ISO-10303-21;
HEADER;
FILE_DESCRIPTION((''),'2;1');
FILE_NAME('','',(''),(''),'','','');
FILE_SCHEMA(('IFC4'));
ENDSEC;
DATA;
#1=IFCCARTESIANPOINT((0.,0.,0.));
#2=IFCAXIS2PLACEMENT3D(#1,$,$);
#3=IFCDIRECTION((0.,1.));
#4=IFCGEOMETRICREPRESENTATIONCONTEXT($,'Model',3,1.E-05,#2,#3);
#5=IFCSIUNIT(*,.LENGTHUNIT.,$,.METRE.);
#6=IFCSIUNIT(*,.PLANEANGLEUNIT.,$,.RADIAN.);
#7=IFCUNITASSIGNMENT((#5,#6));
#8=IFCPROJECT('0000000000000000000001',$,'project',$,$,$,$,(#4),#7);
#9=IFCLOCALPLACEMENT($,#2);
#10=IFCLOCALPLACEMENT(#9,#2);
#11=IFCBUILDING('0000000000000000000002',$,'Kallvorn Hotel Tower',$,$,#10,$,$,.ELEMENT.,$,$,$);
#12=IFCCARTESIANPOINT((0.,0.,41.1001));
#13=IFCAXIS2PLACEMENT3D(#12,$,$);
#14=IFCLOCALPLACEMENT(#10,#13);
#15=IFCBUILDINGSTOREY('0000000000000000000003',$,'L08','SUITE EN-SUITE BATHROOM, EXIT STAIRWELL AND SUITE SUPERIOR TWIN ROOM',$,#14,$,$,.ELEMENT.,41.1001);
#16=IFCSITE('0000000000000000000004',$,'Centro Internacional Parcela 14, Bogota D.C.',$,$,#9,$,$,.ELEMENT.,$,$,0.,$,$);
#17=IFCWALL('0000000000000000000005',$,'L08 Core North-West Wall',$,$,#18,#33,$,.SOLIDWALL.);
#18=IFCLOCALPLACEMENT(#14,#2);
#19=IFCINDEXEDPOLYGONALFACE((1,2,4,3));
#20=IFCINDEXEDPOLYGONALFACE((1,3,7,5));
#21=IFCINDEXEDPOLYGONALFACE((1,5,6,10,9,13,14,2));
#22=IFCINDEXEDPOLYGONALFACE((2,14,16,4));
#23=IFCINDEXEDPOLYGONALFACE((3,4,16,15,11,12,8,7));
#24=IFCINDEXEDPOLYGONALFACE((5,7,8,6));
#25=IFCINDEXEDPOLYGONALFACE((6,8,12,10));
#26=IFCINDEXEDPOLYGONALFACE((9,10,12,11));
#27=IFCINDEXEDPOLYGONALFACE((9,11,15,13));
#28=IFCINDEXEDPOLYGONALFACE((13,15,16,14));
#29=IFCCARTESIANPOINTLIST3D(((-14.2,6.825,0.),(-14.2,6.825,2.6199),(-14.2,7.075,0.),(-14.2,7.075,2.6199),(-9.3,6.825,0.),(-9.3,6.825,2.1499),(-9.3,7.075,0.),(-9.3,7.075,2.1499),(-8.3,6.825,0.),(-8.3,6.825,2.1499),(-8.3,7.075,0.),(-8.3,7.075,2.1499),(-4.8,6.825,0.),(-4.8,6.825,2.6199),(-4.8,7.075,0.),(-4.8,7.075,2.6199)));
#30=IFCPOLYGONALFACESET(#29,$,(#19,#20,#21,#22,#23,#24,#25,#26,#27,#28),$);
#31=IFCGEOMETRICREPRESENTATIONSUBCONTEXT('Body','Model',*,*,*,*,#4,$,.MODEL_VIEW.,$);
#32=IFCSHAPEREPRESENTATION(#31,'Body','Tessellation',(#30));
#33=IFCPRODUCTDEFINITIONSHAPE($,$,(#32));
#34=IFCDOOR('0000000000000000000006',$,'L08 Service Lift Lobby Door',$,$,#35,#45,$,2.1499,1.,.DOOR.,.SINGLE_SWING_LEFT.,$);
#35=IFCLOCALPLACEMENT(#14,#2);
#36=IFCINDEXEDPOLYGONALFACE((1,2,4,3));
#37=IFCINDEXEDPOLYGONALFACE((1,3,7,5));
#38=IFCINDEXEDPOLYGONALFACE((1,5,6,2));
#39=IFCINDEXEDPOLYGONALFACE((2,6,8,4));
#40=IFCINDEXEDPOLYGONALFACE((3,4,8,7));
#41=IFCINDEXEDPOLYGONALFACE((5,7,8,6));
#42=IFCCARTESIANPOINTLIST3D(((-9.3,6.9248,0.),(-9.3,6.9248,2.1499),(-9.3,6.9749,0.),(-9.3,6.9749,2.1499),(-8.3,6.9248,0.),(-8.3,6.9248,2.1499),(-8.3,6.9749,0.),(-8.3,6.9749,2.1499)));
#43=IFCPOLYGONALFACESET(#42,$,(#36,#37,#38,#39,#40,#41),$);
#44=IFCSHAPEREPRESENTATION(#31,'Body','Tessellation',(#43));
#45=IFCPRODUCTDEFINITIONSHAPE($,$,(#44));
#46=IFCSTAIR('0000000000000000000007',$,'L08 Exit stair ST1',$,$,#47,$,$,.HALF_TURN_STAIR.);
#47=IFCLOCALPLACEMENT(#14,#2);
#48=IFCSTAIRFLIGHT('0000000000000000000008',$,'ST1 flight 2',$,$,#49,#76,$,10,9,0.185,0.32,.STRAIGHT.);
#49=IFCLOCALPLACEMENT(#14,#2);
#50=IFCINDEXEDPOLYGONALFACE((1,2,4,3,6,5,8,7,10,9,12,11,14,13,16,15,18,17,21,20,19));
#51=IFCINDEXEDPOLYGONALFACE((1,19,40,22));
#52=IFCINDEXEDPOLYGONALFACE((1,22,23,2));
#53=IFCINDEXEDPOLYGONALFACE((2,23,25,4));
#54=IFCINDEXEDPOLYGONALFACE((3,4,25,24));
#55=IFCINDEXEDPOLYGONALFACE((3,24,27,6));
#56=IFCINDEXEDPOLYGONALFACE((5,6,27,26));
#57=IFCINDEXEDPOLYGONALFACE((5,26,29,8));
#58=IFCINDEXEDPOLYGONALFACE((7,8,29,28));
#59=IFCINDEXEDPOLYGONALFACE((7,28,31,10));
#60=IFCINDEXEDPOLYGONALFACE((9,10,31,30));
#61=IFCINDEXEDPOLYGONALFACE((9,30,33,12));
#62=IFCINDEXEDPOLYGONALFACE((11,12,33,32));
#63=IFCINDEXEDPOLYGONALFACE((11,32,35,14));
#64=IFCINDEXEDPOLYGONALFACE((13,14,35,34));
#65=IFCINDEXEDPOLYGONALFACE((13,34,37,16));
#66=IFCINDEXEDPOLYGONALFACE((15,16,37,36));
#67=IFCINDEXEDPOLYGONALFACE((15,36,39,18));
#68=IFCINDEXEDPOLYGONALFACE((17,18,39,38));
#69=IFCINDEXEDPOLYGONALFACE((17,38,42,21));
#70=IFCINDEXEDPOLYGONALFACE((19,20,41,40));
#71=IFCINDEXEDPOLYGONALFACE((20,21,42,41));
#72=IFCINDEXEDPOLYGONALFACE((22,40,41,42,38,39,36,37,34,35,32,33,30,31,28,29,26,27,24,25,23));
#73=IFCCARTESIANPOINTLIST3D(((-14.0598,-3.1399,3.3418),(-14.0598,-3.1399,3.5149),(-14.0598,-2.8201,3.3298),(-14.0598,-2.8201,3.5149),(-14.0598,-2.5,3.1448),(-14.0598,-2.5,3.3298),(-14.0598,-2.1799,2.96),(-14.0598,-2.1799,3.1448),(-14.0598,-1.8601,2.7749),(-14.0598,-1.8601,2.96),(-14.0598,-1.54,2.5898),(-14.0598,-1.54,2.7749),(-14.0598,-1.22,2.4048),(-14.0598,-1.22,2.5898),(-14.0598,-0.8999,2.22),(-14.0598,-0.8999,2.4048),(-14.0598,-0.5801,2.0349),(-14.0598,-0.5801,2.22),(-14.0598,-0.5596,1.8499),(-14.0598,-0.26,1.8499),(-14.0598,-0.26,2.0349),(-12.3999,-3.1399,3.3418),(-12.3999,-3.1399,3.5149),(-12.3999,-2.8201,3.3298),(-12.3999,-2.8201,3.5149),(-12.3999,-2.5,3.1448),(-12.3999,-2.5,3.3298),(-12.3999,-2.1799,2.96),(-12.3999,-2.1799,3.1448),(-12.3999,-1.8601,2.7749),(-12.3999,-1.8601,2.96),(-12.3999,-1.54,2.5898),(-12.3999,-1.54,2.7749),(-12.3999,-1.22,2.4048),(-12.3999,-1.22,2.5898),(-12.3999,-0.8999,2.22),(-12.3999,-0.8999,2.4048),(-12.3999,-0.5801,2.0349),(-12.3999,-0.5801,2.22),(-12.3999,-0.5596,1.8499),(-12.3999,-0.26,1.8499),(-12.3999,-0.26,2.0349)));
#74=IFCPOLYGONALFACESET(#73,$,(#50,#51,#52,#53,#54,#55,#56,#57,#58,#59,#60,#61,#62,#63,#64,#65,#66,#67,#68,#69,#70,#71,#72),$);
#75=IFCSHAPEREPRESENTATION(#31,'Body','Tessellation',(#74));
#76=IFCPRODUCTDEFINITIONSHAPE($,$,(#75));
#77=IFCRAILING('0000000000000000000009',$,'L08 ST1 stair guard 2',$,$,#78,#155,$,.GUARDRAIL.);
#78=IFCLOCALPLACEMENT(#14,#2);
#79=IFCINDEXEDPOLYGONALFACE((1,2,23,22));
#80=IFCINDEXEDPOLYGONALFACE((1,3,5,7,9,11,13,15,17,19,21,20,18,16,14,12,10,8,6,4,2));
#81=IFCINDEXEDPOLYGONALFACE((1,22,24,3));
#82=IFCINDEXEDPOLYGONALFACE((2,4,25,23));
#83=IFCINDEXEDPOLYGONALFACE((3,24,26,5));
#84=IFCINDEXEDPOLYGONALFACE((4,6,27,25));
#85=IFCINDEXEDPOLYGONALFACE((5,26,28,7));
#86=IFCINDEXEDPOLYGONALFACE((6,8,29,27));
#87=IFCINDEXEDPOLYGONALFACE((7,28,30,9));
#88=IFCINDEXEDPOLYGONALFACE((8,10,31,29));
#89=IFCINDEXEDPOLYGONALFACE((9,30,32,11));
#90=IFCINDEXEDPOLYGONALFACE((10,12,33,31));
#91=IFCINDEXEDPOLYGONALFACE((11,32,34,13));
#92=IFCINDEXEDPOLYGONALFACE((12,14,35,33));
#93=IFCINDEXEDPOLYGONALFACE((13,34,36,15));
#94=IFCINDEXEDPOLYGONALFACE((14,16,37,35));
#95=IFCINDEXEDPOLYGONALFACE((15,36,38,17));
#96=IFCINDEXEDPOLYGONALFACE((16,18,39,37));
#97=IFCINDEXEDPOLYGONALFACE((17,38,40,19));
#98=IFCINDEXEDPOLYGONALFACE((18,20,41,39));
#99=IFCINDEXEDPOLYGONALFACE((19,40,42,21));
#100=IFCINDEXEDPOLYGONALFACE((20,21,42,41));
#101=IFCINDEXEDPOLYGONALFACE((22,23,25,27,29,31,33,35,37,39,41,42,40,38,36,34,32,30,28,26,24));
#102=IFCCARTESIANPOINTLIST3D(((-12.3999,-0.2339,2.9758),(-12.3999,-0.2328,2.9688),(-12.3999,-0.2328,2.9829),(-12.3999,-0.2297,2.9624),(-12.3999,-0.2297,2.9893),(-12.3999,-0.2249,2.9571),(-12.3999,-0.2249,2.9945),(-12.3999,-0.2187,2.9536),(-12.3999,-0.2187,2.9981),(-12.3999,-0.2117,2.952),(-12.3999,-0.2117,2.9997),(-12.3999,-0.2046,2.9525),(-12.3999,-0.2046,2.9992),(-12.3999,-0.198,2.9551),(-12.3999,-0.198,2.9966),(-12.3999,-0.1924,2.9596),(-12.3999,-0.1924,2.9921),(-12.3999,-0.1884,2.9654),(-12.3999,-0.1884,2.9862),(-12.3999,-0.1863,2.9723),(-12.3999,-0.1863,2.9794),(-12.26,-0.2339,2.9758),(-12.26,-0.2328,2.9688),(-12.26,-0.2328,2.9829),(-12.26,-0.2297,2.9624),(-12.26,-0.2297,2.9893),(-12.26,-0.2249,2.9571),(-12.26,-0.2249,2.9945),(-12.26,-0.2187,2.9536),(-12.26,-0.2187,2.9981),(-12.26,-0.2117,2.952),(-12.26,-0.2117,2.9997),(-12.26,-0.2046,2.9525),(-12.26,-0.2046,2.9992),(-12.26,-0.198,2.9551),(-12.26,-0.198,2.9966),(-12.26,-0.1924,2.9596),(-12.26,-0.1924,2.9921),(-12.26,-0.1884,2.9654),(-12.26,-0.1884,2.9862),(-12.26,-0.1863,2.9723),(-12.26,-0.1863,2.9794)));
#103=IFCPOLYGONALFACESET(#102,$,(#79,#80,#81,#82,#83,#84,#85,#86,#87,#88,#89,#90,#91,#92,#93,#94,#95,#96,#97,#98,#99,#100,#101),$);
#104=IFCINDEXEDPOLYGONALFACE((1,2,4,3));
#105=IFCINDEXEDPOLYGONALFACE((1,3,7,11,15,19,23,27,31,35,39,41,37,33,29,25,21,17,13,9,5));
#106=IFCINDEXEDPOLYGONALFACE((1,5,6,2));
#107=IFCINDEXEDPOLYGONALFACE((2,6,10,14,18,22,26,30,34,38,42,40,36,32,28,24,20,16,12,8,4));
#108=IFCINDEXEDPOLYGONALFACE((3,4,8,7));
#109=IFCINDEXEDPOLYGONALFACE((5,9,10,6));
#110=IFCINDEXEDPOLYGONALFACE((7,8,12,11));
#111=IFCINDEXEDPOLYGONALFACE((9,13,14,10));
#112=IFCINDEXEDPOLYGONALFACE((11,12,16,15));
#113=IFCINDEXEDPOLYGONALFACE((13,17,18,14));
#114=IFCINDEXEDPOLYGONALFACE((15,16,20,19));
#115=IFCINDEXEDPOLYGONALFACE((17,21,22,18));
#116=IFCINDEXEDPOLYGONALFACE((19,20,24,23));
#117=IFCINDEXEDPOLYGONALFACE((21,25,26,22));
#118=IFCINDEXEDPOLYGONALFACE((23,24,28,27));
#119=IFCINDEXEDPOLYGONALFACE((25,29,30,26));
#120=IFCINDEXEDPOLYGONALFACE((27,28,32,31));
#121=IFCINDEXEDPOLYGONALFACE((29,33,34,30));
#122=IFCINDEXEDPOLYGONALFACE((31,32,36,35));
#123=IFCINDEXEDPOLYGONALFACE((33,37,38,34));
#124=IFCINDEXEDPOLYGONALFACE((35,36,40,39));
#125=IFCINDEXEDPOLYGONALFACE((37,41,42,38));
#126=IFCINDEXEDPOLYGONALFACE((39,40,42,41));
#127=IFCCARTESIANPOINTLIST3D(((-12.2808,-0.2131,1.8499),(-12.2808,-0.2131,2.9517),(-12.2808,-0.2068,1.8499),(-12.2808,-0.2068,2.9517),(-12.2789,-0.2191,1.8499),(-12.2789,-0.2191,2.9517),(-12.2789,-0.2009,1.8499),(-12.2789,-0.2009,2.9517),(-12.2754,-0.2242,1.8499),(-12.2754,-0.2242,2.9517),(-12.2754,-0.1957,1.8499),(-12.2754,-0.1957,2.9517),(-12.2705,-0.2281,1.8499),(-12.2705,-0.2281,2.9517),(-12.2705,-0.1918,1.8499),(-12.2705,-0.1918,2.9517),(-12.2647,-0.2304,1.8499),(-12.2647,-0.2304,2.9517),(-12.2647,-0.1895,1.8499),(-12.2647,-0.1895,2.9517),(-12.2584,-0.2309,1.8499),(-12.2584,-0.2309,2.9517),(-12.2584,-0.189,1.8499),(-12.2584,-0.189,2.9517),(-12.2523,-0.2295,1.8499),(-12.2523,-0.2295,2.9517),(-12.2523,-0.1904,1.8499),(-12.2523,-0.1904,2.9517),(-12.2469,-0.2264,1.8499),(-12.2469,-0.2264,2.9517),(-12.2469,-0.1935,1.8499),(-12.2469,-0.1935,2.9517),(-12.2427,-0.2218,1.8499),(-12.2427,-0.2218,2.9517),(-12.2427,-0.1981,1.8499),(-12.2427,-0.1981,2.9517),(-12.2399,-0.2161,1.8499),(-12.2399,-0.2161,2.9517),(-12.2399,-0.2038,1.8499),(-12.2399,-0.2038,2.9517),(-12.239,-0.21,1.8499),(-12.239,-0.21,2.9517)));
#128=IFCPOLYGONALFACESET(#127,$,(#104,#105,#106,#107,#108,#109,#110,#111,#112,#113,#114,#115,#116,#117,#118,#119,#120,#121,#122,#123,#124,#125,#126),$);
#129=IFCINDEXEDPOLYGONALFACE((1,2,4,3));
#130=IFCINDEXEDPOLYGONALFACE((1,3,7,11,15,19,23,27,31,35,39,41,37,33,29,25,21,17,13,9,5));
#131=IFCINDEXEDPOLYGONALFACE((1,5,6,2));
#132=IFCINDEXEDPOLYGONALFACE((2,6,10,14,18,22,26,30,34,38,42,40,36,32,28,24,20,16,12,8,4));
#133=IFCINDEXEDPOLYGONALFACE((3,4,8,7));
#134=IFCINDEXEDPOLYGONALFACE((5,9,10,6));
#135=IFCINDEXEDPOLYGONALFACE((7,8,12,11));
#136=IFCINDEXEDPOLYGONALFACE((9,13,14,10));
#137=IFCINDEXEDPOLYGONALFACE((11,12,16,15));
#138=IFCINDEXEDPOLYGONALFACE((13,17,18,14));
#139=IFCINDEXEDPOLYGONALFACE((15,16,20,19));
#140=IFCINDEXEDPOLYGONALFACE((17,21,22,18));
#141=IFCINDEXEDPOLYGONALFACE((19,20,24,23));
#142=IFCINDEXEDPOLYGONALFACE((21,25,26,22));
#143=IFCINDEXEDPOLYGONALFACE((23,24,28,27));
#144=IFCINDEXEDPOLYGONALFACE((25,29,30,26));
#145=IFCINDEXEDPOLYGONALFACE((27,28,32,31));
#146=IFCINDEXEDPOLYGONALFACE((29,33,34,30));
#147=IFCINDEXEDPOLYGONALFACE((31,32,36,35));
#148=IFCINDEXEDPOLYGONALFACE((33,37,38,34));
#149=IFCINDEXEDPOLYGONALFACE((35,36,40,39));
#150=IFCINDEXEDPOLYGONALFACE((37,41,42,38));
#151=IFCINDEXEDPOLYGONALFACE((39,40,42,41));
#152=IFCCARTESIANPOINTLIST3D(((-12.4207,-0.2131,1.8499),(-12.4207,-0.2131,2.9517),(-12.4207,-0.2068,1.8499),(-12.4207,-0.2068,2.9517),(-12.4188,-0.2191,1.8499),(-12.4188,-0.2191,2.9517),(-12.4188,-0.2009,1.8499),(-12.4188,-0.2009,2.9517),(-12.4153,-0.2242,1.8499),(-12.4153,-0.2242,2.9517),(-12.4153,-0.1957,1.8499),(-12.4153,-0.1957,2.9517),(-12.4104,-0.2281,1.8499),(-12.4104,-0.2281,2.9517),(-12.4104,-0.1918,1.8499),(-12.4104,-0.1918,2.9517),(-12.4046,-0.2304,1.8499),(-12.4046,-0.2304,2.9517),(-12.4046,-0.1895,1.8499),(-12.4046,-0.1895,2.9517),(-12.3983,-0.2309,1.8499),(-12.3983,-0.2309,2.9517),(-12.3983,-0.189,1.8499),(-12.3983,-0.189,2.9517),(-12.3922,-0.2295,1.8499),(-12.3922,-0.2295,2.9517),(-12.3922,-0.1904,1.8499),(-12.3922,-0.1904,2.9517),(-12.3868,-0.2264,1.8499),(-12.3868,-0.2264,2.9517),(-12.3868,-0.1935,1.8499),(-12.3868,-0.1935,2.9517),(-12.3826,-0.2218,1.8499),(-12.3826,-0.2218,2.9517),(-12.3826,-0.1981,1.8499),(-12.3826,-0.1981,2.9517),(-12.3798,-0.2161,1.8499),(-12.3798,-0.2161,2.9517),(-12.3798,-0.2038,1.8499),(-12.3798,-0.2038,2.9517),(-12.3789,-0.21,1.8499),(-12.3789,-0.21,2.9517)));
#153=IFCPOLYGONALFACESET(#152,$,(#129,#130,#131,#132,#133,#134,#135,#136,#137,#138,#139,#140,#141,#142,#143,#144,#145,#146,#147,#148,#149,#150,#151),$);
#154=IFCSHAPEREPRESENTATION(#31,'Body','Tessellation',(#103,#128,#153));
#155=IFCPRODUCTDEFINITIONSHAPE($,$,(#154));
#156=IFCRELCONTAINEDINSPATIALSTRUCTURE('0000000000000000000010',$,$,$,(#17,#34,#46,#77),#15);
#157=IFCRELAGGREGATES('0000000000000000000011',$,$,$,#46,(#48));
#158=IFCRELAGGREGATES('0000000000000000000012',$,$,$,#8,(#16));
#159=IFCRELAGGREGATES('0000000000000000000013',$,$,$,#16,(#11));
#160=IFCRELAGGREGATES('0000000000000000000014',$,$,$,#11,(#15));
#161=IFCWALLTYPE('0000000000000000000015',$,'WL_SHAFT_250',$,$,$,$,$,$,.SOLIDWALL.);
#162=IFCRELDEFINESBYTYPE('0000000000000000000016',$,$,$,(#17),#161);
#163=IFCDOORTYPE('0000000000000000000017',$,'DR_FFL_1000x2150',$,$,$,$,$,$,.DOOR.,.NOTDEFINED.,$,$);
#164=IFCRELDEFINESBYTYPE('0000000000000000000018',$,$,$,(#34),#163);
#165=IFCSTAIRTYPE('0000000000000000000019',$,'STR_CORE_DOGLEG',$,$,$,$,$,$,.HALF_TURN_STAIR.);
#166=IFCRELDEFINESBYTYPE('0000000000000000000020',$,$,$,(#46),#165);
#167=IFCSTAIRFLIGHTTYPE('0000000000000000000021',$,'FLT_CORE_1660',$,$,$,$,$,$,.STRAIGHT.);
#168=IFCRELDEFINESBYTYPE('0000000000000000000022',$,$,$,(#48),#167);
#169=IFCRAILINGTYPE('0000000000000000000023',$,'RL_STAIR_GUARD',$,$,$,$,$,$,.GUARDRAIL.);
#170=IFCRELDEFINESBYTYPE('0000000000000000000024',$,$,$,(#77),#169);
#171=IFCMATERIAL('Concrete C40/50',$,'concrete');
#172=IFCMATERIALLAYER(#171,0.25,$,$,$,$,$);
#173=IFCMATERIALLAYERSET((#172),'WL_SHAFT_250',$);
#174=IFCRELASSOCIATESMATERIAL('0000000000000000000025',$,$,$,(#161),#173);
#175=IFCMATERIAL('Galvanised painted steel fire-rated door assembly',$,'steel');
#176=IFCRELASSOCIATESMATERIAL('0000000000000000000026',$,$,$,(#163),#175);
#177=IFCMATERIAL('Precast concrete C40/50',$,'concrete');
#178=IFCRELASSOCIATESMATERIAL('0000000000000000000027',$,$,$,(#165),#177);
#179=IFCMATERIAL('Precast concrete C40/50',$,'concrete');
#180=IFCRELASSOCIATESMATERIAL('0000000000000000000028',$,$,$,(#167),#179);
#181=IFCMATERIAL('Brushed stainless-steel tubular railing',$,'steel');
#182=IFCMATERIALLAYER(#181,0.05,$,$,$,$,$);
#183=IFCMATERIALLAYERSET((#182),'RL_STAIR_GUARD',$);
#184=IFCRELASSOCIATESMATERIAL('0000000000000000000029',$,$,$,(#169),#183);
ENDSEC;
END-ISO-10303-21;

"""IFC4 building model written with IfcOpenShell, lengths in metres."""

from ifc_helpers import new_model, si_unit, direction, frame, frame_2d, origin, origin_2d, place, context, subcontext, project, spatial, polyline, rectangle, circle, outline, extrude, material, layer, layer_set, type_object, element, fill, aggregate, save


model = new_model("IFC4")

# Units and contexts
model_context = context("Model", 3, precision=1e-05, world=origin(), true_north=direction((0.0, 1.0)))
body_context = subcontext(model_context, "Body", "Model", "MODEL_VIEW")
ifc_project = project(units=[si_unit("LENGTHUNIT", "METRE"), si_unit("PLANEANGLEUNIT", "RADIAN")], contexts=[model_context])

# Site, building, storey
site_placement = place(None, origin())
site = spatial("IfcSite", under=ifc_project, at=site_placement, Name="Centro Internacional Parcela 14, Bogota D.C.", CompositionType="ELEMENT", RefElevation=0.0)
building_placement = place(site_placement, origin())
building = spatial("IfcBuilding", under=site, at=building_placement, Name="Kallvorn Hotel Tower", CompositionType="ELEMENT")
storey_placement = place(building_placement, frame((0.0, 0.0, 41.1001)))
storey = spatial("IfcBuildingStorey", under=building, at=storey_placement, Name="L08", Description="SUITE EN-SUITE BATHROOM, EXIT STAIRWELL AND SUITE SUPERIOR TWIN ROOM", CompositionType="ELEMENT", Elevation=41.1001)

# Wall, opening, door
ifc_material_1 = material(Name="Concrete C40/50", Category="concrete")
ifc_layer_1 = layer(ifc_material_1, 0.25)
ifc_layer_set_1 = layer_set([ifc_layer_1], Name="WL_SHAFT_250")
wall_type_1 = type_object("IfcWallType", Name="WL_SHAFT_250", PredefinedType="SOLIDWALL", material=ifc_layer_set_1)
wall_1_placement = place(storey_placement, frame((-14.2, 6.95, 0.0), z_axis=(0.0, 0.0, 1.0), x_axis=(1.0, 0.0, 0.0)))
wall_1 = element("IfcWall", 1, at=wall_1_placement, inside=storey, type_object=wall_type_1, Name="L08 Core North-West Wall", PredefinedType="SOLIDWALL", context=body_context, shape_type="SweptSolid", body=[
    extrude(rectangle(XDim=9.3999, YDim=0.25, at=frame_2d((4.7, 0.0))), origin(), (0.0, 0.0, 1.0), 2.6199),
])
opening_1_placement = place(wall_1_placement, frame((4.8999, 0.0, 0.0)))
opening_1 = element("IfcOpeningElement", 2, at=opening_1_placement, cuts=wall_1, PredefinedType="OPENING", context=body_context, shape_type="SweptSolid", body=[
    extrude(rectangle(XDim=1.0, YDim=2.1499, at=frame_2d((0.5, 1.075))), frame((0.0, 0.1399, 0.0), z_axis=(0.0, -1.0, 0.0), x_axis=(1.0, 0.0, 0.0)), (0.0, 0.0, 1.0), 0.28),
])
ifc_material_2 = material(Name="Galvanised painted steel fire-rated door assembly", Category="steel")
door_type_1 = type_object("IfcDoorType", Name="DR_FFL_1000x2150", OperationType="NOTDEFINED", PredefinedType="DOOR", material=ifc_material_2)
door_1_placement = place(opening_1_placement, origin())
door_1 = element("IfcDoor", 3, at=door_1_placement, inside=storey, type_object=door_type_1, Name="L08 Service Lift Lobby Door", OperationType="SINGLE_SWING_LEFT", OverallHeight=2.1499, OverallWidth=1.0, PredefinedType="DOOR", context=body_context, shape_type="SweptSolid", body=[
    extrude(rectangle(XDim=1.0, YDim=2.1499, at=frame_2d((0.5, 1.075))), frame((0.0, 0.0249, 0.0), z_axis=(0.0, -1.0, 0.0), x_axis=(1.0, 0.0, 0.0)), (0.0, 0.0, 1.0), 0.05),
])
fill(opening_1, door_1)

# Stair, stair flight
ifc_material_3 = material(Name="Precast concrete C40/50", Category="concrete")
stair_type = type_object("IfcStairType", Name="STR_CORE_DOGLEG", PredefinedType="HALF_TURN_STAIR", material=ifc_material_3)
stair_placement = place(storey_placement, origin())
stair = element("IfcStair", 4, at=stair_placement, inside=storey, type_object=stair_type, Name="L08 Exit stair ST1", PredefinedType="HALF_TURN_STAIR")
ifc_material_4 = material(Name="Precast concrete C40/50", Category="concrete")
stair_flight_type = type_object("IfcStairFlightType", Name="FLT_CORE_1660", PredefinedType="STRAIGHT", material=ifc_material_4)
stair_flight_placement = place(storey_placement, frame((-13.23, -0.26, 1.8499), z_axis=(0.0, 0.0, 1.0), x_axis=(0.0, -1.0, 0.0)))
stair_flight = element("IfcStairFlight", 5, at=stair_flight_placement, type_object=stair_flight_type, Name="ST1 flight 2", NumberOfRisers=10, NumberOfTreads=9, PredefinedType="STRAIGHT", RiserHeight=0.185, TreadLength=0.32, context=body_context, shape_type="SweptSolid", body=[
    extrude(outline(polyline([(0.0, 0.0), (0.0, 0.1851), (0.3201, 0.1851), (0.3201, 0.3701), (0.6399, 0.3701), (0.6399, 0.5549), (0.96, 0.5549), (0.96, 0.74), (1.28, 0.74), (1.28, 0.925), (1.6001, 0.925), (1.6001, 1.1101), (1.9199, 1.1101), (1.9199, 1.2949), (2.24, 1.2949), (2.24, 1.48), (2.5601, 1.48), (2.5601, 1.665), (2.8799, 1.665), (2.8799, 1.8501), (2.8799, 1.4919), (0.2996, 0.0), (0.0, 0.0)])), frame((0.0, 0.8301, 0.0), z_axis=(0.0, -1.0, 0.0), x_axis=(1.0, 0.0, 0.0)), (0.0, 0.0, 1.0), 1.6599),
])
aggregate(stair, [stair_flight])

# Railing
ifc_material_5 = material(Name="Brushed stainless-steel tubular railing", Category="steel")
ifc_layer_2 = layer(ifc_material_5, 0.05)
ifc_layer_set_2 = layer_set([ifc_layer_2], Name="RL_STAIR_GUARD")
railing_type_1 = type_object("IfcRailingType", Name="RL_STAIR_GUARD", PredefinedType="GUARDRAIL", material=ifc_layer_set_2)
railing_1_placement = place(storey_placement, frame((-12.26, -0.21, 1.8499)))
element("IfcRailing", 6, at=railing_1_placement, inside=storey, type_object=railing_type_1, Name="L08 ST1 stair guard 2", PredefinedType="GUARDRAIL", context=body_context, shape_type="SweptSolid", body=[
    extrude(circle(Radius=0.0239, at=origin_2d()), frame((0.0, 0.0, 1.126), z_axis=(-1.0, 0.0, 0.0), x_axis=(0.0, -1.0, 0.0)), (0.0, 0.0, 1.0), 0.1399),
    extrude(circle(Radius=0.021, at=origin_2d()), origin(), (0.0, 0.0, 1.0), 1.1018),
    extrude(circle(Radius=0.021, at=origin_2d()), frame((-0.1399, 0.0, 0.0)), (0.0, 0.0, 1.0), 1.1018),
])

save(model, "model.ifc")
